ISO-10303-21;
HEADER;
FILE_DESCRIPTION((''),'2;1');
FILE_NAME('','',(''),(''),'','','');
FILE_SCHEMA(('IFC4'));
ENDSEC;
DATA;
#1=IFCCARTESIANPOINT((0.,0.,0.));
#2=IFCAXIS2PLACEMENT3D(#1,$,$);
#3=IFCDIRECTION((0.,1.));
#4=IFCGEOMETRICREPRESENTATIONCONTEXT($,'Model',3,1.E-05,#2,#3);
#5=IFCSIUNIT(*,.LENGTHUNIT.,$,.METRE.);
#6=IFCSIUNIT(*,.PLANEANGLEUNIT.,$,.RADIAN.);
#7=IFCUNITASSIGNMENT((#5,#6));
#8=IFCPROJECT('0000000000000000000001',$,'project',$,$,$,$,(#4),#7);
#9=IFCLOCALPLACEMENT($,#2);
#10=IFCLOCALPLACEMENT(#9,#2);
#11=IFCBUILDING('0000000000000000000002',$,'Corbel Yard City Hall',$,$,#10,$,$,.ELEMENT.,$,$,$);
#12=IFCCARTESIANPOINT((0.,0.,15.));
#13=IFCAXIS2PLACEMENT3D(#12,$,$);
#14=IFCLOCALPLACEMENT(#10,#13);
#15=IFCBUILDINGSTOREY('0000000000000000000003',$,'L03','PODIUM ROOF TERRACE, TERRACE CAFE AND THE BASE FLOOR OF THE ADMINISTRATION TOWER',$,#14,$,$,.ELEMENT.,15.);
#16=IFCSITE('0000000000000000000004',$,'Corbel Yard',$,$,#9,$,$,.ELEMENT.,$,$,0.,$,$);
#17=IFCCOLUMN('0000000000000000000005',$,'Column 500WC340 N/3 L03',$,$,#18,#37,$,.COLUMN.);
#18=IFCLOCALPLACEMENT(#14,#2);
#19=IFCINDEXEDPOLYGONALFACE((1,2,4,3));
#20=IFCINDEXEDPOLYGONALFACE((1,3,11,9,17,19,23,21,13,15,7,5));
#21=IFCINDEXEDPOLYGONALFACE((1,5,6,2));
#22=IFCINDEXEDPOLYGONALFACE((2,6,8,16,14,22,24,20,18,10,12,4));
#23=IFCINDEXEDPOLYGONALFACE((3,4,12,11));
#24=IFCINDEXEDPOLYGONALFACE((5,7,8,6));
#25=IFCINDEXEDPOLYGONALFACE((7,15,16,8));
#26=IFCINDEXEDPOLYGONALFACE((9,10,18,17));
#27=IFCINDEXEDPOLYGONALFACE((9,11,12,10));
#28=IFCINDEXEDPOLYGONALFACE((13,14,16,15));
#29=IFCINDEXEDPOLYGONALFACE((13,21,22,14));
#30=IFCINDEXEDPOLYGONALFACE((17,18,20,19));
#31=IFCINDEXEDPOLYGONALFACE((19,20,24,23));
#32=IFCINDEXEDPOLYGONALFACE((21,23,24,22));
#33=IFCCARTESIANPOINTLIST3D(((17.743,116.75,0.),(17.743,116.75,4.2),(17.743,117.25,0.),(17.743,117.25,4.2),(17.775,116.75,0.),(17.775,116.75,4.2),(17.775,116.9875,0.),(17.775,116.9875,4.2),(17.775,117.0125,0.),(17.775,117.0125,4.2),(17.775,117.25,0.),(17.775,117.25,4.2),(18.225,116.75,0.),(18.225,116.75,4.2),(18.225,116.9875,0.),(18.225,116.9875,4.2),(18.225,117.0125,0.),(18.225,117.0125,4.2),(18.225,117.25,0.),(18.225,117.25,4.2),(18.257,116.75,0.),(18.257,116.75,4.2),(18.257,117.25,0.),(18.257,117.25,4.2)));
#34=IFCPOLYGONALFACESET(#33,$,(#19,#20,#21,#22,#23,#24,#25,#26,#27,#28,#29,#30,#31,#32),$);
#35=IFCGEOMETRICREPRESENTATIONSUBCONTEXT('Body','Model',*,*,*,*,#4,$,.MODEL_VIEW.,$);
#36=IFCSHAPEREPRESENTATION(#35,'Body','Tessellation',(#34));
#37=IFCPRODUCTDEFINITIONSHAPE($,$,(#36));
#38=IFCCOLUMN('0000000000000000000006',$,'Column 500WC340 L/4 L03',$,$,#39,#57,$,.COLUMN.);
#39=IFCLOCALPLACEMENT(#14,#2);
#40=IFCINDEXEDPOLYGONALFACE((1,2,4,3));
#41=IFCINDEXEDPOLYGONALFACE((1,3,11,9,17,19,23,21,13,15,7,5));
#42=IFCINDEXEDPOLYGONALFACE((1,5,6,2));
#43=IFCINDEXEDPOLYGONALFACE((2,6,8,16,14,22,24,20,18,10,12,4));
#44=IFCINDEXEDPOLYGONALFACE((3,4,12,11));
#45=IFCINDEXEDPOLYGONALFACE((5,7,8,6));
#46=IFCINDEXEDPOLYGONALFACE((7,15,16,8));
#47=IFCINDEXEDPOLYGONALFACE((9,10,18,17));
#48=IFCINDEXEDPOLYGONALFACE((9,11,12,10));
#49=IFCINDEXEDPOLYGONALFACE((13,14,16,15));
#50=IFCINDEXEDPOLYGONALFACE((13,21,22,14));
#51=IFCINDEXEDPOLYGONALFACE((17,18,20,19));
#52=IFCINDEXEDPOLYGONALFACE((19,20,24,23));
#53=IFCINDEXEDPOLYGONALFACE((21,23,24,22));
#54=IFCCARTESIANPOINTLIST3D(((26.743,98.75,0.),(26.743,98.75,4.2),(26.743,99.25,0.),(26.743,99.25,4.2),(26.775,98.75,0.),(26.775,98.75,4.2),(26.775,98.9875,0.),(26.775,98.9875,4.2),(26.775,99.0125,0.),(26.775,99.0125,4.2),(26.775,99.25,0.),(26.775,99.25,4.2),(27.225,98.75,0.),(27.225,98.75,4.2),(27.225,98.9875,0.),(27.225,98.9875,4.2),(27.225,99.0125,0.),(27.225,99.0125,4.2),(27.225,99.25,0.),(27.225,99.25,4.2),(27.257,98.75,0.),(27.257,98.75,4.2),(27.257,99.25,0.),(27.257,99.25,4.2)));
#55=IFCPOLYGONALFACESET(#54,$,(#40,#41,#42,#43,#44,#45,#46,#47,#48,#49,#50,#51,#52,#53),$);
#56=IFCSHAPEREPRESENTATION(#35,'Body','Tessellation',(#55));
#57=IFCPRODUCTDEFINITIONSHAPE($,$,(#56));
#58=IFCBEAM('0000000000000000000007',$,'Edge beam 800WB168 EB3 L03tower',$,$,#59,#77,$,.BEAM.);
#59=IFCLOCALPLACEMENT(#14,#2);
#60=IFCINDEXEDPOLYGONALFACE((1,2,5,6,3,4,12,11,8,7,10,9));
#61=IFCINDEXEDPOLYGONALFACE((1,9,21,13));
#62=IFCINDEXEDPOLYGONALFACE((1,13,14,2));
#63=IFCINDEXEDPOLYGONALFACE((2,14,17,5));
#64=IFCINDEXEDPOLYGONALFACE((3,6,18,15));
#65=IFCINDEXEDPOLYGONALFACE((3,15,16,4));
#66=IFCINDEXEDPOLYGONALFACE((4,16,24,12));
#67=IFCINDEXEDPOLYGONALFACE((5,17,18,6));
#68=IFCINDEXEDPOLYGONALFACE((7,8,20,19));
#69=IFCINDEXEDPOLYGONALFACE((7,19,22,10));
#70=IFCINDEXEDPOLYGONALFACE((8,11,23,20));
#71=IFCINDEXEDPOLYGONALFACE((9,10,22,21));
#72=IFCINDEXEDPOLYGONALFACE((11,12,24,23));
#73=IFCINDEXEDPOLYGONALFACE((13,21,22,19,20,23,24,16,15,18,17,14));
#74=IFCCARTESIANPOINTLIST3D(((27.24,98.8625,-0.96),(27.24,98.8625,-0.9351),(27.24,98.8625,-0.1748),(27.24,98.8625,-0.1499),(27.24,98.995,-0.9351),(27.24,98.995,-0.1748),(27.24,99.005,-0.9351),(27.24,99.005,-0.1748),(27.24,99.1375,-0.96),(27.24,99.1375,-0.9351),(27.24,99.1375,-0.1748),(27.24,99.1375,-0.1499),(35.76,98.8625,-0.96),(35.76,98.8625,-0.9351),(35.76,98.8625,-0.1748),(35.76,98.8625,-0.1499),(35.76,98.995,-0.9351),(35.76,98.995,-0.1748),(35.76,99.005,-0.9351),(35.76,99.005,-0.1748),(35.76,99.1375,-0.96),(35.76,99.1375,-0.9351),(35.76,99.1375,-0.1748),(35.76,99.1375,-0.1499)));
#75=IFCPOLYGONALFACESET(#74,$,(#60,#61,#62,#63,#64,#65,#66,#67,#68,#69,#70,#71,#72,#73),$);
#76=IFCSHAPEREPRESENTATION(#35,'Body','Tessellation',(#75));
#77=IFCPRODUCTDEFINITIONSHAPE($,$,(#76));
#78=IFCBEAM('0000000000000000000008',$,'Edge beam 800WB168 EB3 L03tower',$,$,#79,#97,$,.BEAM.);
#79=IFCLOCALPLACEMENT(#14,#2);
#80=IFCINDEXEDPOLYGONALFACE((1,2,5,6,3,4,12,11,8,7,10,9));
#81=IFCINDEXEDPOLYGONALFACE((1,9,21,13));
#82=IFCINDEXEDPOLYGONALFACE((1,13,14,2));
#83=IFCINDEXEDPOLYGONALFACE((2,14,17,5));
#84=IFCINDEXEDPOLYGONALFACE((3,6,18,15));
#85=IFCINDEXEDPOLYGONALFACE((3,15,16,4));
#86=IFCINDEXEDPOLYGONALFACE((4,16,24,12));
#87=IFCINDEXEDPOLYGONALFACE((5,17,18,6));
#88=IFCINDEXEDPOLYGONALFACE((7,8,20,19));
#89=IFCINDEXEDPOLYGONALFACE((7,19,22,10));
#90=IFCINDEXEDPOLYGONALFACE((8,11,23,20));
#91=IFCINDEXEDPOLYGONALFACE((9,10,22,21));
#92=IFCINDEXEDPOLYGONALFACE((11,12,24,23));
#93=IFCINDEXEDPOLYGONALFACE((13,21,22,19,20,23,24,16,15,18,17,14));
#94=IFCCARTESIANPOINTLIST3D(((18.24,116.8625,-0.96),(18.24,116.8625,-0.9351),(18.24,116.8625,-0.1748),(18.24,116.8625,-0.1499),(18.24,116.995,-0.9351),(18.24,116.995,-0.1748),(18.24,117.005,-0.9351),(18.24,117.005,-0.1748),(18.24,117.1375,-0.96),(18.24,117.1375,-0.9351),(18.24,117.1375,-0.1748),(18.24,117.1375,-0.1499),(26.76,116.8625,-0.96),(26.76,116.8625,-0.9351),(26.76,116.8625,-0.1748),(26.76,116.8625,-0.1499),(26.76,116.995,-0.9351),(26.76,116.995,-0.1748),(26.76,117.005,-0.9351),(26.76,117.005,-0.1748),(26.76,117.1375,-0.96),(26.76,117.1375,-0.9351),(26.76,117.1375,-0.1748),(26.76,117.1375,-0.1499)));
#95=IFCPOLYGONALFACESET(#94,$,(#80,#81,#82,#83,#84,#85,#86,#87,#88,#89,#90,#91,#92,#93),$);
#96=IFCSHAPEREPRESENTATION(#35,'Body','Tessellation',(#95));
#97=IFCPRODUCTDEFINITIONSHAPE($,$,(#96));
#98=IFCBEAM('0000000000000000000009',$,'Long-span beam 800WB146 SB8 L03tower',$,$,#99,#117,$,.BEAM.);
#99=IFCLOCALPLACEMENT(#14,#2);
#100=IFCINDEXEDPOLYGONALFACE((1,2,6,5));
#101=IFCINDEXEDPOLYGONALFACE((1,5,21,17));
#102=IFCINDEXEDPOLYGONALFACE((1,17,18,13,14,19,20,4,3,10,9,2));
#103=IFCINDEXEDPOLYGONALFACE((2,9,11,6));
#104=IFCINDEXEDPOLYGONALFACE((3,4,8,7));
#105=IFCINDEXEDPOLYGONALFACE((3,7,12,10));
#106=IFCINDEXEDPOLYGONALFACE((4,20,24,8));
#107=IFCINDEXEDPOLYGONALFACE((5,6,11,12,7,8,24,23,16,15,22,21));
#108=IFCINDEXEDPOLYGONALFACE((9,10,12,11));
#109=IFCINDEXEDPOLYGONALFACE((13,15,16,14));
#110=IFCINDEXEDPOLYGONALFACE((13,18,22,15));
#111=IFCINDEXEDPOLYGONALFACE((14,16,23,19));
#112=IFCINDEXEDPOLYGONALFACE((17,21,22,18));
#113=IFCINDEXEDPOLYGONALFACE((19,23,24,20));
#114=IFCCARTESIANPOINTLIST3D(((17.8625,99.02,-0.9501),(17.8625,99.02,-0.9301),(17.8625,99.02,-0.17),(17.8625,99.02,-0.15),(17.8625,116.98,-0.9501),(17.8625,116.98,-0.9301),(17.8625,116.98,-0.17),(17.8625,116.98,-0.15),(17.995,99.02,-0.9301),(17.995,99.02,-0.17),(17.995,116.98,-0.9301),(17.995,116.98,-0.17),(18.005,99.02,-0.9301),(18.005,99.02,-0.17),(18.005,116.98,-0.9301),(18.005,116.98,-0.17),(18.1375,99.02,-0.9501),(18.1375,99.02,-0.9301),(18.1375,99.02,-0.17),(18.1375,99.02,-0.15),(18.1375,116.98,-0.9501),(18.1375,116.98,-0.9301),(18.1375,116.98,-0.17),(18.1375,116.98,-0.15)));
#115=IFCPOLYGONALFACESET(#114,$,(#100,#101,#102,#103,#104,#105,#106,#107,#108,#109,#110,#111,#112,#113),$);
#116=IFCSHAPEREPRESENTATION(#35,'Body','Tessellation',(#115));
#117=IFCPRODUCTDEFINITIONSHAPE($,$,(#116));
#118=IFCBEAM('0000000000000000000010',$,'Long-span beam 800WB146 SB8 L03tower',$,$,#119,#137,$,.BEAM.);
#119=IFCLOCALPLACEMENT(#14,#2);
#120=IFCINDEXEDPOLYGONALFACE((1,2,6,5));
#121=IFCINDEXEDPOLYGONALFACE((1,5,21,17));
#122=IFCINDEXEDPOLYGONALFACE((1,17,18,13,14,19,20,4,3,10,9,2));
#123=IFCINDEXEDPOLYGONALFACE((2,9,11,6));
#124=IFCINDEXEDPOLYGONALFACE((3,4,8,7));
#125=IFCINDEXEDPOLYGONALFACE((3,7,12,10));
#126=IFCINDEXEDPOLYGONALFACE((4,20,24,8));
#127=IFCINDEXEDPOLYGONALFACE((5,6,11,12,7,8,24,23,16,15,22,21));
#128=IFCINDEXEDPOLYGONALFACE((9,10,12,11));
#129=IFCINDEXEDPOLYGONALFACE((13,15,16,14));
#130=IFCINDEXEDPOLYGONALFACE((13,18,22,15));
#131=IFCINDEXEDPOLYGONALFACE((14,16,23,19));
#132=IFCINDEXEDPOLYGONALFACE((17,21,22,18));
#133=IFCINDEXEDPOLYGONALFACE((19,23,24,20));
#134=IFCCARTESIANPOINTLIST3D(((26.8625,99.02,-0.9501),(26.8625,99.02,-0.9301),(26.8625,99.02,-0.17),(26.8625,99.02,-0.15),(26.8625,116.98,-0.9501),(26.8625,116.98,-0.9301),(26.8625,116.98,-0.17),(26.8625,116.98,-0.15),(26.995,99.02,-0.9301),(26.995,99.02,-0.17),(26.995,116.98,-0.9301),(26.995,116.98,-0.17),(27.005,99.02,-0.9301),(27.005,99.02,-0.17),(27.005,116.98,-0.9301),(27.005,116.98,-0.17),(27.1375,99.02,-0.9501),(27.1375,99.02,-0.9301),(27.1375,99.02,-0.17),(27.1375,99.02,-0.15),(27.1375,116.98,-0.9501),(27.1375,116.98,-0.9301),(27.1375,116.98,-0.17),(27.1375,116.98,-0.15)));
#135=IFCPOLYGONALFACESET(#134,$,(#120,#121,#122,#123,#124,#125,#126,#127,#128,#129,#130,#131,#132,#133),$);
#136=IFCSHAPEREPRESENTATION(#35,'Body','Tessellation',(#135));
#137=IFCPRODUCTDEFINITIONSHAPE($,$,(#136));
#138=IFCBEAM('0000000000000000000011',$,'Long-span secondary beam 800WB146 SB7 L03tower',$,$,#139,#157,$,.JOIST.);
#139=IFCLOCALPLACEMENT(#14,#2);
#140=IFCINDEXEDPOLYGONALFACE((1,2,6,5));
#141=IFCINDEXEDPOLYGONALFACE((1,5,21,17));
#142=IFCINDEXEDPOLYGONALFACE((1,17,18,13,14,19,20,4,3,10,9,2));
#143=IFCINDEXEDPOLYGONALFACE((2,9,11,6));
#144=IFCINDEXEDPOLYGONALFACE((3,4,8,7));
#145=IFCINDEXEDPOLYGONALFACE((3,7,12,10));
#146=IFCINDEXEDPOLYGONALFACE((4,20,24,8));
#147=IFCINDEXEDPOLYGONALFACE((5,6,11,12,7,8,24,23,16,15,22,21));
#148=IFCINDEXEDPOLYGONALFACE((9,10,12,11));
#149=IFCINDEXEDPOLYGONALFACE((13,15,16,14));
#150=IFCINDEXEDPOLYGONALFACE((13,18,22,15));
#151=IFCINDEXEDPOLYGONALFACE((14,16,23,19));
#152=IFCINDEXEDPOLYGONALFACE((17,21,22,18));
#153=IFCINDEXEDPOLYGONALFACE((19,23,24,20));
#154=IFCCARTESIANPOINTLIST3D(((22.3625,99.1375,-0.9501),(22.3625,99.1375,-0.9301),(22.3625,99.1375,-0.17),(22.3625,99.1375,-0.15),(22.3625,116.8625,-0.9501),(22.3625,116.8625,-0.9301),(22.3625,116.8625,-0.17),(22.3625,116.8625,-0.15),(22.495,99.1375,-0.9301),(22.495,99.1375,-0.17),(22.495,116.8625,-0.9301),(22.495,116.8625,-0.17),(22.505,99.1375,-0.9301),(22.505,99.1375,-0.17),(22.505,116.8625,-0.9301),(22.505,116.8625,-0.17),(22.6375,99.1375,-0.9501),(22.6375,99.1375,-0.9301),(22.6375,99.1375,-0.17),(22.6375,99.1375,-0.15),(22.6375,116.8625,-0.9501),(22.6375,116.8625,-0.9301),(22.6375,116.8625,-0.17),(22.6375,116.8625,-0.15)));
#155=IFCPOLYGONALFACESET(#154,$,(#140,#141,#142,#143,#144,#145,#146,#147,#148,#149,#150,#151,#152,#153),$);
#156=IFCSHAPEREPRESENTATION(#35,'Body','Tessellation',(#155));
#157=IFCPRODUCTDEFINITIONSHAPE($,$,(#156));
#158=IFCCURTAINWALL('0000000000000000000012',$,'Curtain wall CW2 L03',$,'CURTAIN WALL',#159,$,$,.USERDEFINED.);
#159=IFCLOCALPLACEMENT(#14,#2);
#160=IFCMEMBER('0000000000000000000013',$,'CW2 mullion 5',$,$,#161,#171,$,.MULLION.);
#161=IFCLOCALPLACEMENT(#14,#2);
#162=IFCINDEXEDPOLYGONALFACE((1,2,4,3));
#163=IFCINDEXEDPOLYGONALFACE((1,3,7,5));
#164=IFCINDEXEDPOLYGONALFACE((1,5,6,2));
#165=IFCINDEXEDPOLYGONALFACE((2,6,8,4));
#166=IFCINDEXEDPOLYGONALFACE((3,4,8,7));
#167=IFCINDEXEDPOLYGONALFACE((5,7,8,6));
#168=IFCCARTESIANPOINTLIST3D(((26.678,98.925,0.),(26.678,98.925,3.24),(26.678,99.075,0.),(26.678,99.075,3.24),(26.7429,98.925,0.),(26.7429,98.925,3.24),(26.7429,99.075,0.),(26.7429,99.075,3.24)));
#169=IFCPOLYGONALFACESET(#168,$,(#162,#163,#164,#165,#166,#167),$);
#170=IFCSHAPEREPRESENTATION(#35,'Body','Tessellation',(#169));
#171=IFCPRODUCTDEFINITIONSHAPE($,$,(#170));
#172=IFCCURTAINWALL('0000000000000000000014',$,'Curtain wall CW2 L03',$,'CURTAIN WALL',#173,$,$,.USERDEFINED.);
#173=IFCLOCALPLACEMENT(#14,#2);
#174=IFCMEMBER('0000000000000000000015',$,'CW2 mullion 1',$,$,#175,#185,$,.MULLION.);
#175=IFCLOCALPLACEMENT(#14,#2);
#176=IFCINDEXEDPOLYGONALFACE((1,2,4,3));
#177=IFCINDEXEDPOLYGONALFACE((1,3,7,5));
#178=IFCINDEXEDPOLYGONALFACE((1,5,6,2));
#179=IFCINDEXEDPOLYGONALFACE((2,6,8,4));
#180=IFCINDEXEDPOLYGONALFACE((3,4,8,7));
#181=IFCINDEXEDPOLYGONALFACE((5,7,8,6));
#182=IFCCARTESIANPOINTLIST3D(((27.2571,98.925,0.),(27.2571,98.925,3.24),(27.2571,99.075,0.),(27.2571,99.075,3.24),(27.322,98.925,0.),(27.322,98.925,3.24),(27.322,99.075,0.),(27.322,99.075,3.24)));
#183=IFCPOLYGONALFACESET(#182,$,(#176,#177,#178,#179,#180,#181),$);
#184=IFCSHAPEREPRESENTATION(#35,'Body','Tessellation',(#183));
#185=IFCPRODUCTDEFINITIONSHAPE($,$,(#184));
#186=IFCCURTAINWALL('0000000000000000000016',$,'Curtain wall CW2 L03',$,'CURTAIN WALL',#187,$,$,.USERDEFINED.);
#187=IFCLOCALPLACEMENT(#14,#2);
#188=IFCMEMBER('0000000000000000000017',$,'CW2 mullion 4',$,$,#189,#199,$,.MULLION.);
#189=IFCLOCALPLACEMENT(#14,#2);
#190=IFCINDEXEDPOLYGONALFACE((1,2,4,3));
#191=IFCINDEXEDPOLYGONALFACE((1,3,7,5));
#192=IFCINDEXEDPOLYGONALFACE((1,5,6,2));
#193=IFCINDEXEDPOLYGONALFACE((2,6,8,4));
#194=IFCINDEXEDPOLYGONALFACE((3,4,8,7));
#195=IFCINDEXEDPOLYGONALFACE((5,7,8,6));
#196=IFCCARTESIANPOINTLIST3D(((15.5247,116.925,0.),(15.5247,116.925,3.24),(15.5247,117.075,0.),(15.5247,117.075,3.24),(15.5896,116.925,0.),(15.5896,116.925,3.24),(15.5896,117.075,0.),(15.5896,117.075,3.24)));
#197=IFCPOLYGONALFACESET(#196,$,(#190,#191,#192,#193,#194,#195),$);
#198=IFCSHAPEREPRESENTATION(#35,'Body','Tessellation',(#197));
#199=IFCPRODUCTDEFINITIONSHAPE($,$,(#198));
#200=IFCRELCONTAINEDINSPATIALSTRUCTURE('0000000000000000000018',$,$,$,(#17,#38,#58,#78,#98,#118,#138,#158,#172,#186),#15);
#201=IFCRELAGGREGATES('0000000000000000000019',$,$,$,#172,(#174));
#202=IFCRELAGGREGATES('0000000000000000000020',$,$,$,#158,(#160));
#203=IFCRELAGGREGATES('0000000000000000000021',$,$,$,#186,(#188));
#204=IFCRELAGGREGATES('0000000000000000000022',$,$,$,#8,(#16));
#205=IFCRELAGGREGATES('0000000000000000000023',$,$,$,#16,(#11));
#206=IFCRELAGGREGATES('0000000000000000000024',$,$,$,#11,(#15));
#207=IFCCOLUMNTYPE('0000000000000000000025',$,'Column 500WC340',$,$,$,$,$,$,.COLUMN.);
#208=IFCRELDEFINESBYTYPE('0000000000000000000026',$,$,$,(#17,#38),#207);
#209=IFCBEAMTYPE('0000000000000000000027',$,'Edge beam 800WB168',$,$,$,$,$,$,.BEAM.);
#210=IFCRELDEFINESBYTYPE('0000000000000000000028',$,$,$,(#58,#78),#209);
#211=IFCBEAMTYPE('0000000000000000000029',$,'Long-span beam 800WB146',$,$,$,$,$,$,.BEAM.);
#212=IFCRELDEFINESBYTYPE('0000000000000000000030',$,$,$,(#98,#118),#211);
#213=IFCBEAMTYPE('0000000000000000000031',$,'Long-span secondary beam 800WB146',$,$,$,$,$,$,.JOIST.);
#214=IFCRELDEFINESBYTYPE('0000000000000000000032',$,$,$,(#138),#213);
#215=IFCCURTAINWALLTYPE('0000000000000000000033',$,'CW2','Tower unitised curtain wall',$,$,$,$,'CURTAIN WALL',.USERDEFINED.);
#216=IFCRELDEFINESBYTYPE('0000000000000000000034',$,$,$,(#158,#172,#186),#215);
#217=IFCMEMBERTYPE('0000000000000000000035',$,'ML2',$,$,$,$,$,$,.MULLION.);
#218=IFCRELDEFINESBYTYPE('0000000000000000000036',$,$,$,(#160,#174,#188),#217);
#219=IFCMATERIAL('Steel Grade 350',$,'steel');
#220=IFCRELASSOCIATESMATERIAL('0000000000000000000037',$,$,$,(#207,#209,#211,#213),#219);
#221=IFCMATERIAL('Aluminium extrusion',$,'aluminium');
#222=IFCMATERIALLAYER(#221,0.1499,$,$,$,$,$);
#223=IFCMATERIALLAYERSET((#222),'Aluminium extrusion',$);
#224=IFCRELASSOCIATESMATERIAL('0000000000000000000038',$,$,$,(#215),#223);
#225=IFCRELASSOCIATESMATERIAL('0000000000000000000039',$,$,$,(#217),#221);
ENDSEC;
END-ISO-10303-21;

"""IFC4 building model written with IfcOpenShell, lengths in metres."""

from ifc_helpers import new_model, si_unit, direction, frame, origin, origin_2d, place, context, subcontext, project, spatial, rectangle, i_section, extrude, material, layer, layer_set, material_profile, profile_set, type_object, element, aggregate, save


model = new_model("IFC4")

# Units and contexts
model_context = context("Model", 3, precision=1e-05, world=origin(), true_north=direction((0.0, 1.0)))
body_context = subcontext(model_context, "Body", "Model", "MODEL_VIEW")
ifc_project = project(units=[si_unit("LENGTHUNIT", "METRE"), si_unit("PLANEANGLEUNIT", "RADIAN")], contexts=[model_context])

# Site, building, storey
site_placement = place(None, origin())
site = spatial("IfcSite", under=ifc_project, at=site_placement, Name="Corbel Yard", CompositionType="ELEMENT", RefElevation=0.0)
building_placement = place(site_placement, origin())
building = spatial("IfcBuilding", under=site, at=building_placement, Name="Corbel Yard City Hall", CompositionType="ELEMENT")
storey_placement = place(building_placement, frame((0.0, 0.0, 15.0)))
storey = spatial("IfcBuildingStorey", under=building, at=storey_placement, Name="L03", Description="PODIUM ROOF TERRACE, TERRACE CAFE AND THE BASE FLOOR OF THE ADMINISTRATION TOWER", CompositionType="ELEMENT", Elevation=15.0)

# Columns
ifc_material_1 = material(Name="Steel Grade 350", Category="steel")
ifc_material_profile_1 = material_profile(ifc_material_1, i_section(OverallWidth=0.5, OverallDepth=0.5139, WebThickness=0.0249, FlangeThickness=0.032, at=origin_2d()), Name="500WC340")
ifc_profile_set_1 = profile_set([ifc_material_profile_1], Name="Steel Grade 350")
column_type = type_object("IfcColumnType", Name="Column 500WC340", PredefinedType="COLUMN", material=ifc_profile_set_1)
for number, where, z_axis, x_axis, name in (
    (1, (18.0, 117.0, 0.0), (0.0, 0.0, 1.0), (0.0, 1.0, 0.0), "Column 500WC340 N/3 L03"),
    (2, (27.0, 99.0, 0.0), (0.0, 0.0, 1.0), (0.0, 1.0, 0.0), "Column 500WC340 L/4 L03"),
):
    element("IfcColumn", number, at=place(storey_placement, frame(where, z_axis=z_axis, x_axis=x_axis)), inside=storey, type_object=column_type, Name=name, PredefinedType="COLUMN", context=body_context, shape_type="SweptSolid", body=[
        extrude(i_section(OverallWidth=0.5, OverallDepth=0.5139, WebThickness=0.0249, FlangeThickness=0.032, at=origin_2d()), origin(), (0.0, 0.0, 1.0), 4.2),
    ])

# Beams
ifc_material_profile_2 = material_profile(ifc_material_1, i_section(OverallWidth=0.2749, OverallDepth=0.8101, WebThickness=0.01, FlangeThickness=0.0249, at=origin_2d()), Name="800WB168")
ifc_profile_set_2 = profile_set([ifc_material_profile_2], Name="Steel Grade 350")
beam_type_1 = type_object("IfcBeamType", Name="Edge beam 800WB168", PredefinedType="BEAM", material=ifc_profile_set_2)
for number, where, z_axis, x_axis, name in (
    (3, (27.24, 99.0, -0.5549), (1.0, 0.0, 0.0), (0.0, 1.0, 0.0), "Edge beam 800WB168 EB3 L03tower"),
    (4, (18.24, 117.0, -0.5549), (1.0, 0.0, 0.0), (0.0, 1.0, 0.0), "Edge beam 800WB168 EB3 L03tower"),
):
    element("IfcBeam", number, at=place(storey_placement, frame(where, z_axis=z_axis, x_axis=x_axis)), inside=storey, type_object=beam_type_1, Name=name, PredefinedType="BEAM", context=body_context, shape_type="SweptSolid", body=[
        extrude(i_section(OverallWidth=0.2749, OverallDepth=0.8101, WebThickness=0.01, FlangeThickness=0.0249, at=origin_2d()), origin(), (0.0, 0.0, 1.0), 8.52),
    ])
ifc_material_profile_3 = material_profile(ifc_material_1, i_section(OverallWidth=0.2749, OverallDepth=0.8, WebThickness=0.01, FlangeThickness=0.02, at=origin_2d()), Name="800WB146")
ifc_profile_set_3 = profile_set([ifc_material_profile_3], Name="Steel Grade 350")
beam_type_2 = type_object("IfcBeamType", Name="Long-span beam 800WB146", PredefinedType="BEAM", material=ifc_profile_set_3)
for number, where, z_axis, x_axis, name in (
    (5, (18.0, 99.02, -0.55), (0.0, 1.0, 0.0), (-1.0, 0.0, 0.0), "Long-span beam 800WB146 SB8 L03tower"),
    (6, (27.0, 99.02, -0.55), (0.0, 1.0, 0.0), (-1.0, 0.0, 0.0), "Long-span beam 800WB146 SB8 L03tower"),
):
    element("IfcBeam", number, at=place(storey_placement, frame(where, z_axis=z_axis, x_axis=x_axis)), inside=storey, type_object=beam_type_2, Name=name, PredefinedType="BEAM", context=body_context, shape_type="SweptSolid", body=[
        extrude(i_section(OverallWidth=0.2749, OverallDepth=0.8, WebThickness=0.01, FlangeThickness=0.02, at=origin_2d()), origin(), (0.0, 0.0, 1.0), 17.96),
    ])
ifc_material_profile_4 = material_profile(ifc_material_1, i_section(OverallWidth=0.2749, OverallDepth=0.8, WebThickness=0.01, FlangeThickness=0.02, at=origin_2d()), Name="800WB146")
ifc_profile_set_4 = profile_set([ifc_material_profile_4], Name="Steel Grade 350")
beam_type_3 = type_object("IfcBeamType", Name="Long-span secondary beam 800WB146", PredefinedType="JOIST", material=ifc_profile_set_4)
beam_placement = place(storey_placement, frame((22.5, 99.1375, -0.55), z_axis=(0.0, 1.0, 0.0), x_axis=(-1.0, 0.0, 0.0)))
element("IfcBeam", 7, at=beam_placement, inside=storey, type_object=beam_type_3, Name="Long-span secondary beam 800WB146 SB7 L03tower", PredefinedType="JOIST", context=body_context, shape_type="SweptSolid", body=[
    extrude(i_section(OverallWidth=0.2749, OverallDepth=0.8, WebThickness=0.01, FlangeThickness=0.02, at=origin_2d()), origin(), (0.0, 0.0, 1.0), 17.7251),
])

# Curtain walls, members
ifc_material_2 = material(Name="Aluminium extrusion", Category="aluminium")
ifc_layer_1 = layer(ifc_material_2, 0.1499)
ifc_layer_set_1 = layer_set([ifc_layer_1], Name="Aluminium extrusion")
curtain_wall_type = type_object("IfcCurtainWallType", Name="CW2", Description="Tower unitised curtain wall", ElementType="CURTAIN WALL", PredefinedType="USERDEFINED", material=ifc_layer_set_1)
curtain_wall_1_placement = place(storey_placement, origin())
curtain_wall_1 = element("IfcCurtainWall", 8, at=curtain_wall_1_placement, inside=storey, type_object=curtain_wall_type, Name="Curtain wall CW2 L03", ObjectType="CURTAIN WALL", PredefinedType="USERDEFINED")
ifc_material_profile_5 = material_profile(ifc_material_2, rectangle(XDim=0.1499, YDim=0.0649, at=origin_2d()), Name="150x65")
ifc_profile_set_5 = profile_set([ifc_material_profile_5], Name="Aluminium extrusion")
member_type_1 = type_object("IfcMemberType", Name="ML2", PredefinedType="MULLION", material=ifc_profile_set_5)
member_1_placement = place(storey_placement, frame((26.7104, 99.0, 0.0), z_axis=(0.0, 0.0, 1.0), x_axis=(0.0, 1.0, 0.0)))
member_1 = element("IfcMember", 9, at=member_1_placement, type_object=member_type_1, Name="CW2 mullion 5", PredefinedType="MULLION", context=body_context, shape_type="SweptSolid", body=[
    extrude(rectangle(XDim=0.1499, YDim=0.0649, at=origin_2d()), origin(), (0.0, 0.0, 1.0), 3.24),
])
curtain_wall_2_placement = place(storey_placement, origin())
curtain_wall_2 = element("IfcCurtainWall", 10, at=curtain_wall_2_placement, inside=storey, type_object=curtain_wall_type, Name="Curtain wall CW2 L03", ObjectType="CURTAIN WALL", PredefinedType="USERDEFINED")
member_2_placement = place(storey_placement, frame((27.2896, 99.0, 0.0), z_axis=(0.0, 0.0, 1.0), x_axis=(0.0, 1.0, 0.0)))
member_2 = element("IfcMember", 11, at=member_2_placement, type_object=member_type_1, Name="CW2 mullion 1", PredefinedType="MULLION", context=body_context, shape_type="SweptSolid", body=[
    extrude(rectangle(XDim=0.1499, YDim=0.0649, at=origin_2d()), origin(), (0.0, 0.0, 1.0), 3.24),
])
aggregate(curtain_wall_2, [member_2])

# Curtain wall, member
curtain_wall_3_placement = place(storey_placement, origin())
curtain_wall_3 = element("IfcCurtainWall", 12, at=curtain_wall_3_placement, inside=storey, type_object=curtain_wall_type, Name="Curtain wall CW2 L03", ObjectType="CURTAIN WALL", PredefinedType="USERDEFINED")
member_3_placement = place(storey_placement, frame((15.5571, 117.0, 0.0), z_axis=(0.0, 0.0, 1.0), x_axis=(0.0, 1.0, 0.0)))
member_3 = element("IfcMember", 13, at=member_3_placement, type_object=member_type_1, Name="CW2 mullion 4", PredefinedType="MULLION", context=body_context, shape_type="SweptSolid", body=[
    extrude(rectangle(XDim=0.1499, YDim=0.0649, at=origin_2d()), origin(), (0.0, 0.0, 1.0), 3.24),
])

aggregate(curtain_wall_1, [member_1])
aggregate(curtain_wall_3, [member_3])

save(model, "model.ifc")
